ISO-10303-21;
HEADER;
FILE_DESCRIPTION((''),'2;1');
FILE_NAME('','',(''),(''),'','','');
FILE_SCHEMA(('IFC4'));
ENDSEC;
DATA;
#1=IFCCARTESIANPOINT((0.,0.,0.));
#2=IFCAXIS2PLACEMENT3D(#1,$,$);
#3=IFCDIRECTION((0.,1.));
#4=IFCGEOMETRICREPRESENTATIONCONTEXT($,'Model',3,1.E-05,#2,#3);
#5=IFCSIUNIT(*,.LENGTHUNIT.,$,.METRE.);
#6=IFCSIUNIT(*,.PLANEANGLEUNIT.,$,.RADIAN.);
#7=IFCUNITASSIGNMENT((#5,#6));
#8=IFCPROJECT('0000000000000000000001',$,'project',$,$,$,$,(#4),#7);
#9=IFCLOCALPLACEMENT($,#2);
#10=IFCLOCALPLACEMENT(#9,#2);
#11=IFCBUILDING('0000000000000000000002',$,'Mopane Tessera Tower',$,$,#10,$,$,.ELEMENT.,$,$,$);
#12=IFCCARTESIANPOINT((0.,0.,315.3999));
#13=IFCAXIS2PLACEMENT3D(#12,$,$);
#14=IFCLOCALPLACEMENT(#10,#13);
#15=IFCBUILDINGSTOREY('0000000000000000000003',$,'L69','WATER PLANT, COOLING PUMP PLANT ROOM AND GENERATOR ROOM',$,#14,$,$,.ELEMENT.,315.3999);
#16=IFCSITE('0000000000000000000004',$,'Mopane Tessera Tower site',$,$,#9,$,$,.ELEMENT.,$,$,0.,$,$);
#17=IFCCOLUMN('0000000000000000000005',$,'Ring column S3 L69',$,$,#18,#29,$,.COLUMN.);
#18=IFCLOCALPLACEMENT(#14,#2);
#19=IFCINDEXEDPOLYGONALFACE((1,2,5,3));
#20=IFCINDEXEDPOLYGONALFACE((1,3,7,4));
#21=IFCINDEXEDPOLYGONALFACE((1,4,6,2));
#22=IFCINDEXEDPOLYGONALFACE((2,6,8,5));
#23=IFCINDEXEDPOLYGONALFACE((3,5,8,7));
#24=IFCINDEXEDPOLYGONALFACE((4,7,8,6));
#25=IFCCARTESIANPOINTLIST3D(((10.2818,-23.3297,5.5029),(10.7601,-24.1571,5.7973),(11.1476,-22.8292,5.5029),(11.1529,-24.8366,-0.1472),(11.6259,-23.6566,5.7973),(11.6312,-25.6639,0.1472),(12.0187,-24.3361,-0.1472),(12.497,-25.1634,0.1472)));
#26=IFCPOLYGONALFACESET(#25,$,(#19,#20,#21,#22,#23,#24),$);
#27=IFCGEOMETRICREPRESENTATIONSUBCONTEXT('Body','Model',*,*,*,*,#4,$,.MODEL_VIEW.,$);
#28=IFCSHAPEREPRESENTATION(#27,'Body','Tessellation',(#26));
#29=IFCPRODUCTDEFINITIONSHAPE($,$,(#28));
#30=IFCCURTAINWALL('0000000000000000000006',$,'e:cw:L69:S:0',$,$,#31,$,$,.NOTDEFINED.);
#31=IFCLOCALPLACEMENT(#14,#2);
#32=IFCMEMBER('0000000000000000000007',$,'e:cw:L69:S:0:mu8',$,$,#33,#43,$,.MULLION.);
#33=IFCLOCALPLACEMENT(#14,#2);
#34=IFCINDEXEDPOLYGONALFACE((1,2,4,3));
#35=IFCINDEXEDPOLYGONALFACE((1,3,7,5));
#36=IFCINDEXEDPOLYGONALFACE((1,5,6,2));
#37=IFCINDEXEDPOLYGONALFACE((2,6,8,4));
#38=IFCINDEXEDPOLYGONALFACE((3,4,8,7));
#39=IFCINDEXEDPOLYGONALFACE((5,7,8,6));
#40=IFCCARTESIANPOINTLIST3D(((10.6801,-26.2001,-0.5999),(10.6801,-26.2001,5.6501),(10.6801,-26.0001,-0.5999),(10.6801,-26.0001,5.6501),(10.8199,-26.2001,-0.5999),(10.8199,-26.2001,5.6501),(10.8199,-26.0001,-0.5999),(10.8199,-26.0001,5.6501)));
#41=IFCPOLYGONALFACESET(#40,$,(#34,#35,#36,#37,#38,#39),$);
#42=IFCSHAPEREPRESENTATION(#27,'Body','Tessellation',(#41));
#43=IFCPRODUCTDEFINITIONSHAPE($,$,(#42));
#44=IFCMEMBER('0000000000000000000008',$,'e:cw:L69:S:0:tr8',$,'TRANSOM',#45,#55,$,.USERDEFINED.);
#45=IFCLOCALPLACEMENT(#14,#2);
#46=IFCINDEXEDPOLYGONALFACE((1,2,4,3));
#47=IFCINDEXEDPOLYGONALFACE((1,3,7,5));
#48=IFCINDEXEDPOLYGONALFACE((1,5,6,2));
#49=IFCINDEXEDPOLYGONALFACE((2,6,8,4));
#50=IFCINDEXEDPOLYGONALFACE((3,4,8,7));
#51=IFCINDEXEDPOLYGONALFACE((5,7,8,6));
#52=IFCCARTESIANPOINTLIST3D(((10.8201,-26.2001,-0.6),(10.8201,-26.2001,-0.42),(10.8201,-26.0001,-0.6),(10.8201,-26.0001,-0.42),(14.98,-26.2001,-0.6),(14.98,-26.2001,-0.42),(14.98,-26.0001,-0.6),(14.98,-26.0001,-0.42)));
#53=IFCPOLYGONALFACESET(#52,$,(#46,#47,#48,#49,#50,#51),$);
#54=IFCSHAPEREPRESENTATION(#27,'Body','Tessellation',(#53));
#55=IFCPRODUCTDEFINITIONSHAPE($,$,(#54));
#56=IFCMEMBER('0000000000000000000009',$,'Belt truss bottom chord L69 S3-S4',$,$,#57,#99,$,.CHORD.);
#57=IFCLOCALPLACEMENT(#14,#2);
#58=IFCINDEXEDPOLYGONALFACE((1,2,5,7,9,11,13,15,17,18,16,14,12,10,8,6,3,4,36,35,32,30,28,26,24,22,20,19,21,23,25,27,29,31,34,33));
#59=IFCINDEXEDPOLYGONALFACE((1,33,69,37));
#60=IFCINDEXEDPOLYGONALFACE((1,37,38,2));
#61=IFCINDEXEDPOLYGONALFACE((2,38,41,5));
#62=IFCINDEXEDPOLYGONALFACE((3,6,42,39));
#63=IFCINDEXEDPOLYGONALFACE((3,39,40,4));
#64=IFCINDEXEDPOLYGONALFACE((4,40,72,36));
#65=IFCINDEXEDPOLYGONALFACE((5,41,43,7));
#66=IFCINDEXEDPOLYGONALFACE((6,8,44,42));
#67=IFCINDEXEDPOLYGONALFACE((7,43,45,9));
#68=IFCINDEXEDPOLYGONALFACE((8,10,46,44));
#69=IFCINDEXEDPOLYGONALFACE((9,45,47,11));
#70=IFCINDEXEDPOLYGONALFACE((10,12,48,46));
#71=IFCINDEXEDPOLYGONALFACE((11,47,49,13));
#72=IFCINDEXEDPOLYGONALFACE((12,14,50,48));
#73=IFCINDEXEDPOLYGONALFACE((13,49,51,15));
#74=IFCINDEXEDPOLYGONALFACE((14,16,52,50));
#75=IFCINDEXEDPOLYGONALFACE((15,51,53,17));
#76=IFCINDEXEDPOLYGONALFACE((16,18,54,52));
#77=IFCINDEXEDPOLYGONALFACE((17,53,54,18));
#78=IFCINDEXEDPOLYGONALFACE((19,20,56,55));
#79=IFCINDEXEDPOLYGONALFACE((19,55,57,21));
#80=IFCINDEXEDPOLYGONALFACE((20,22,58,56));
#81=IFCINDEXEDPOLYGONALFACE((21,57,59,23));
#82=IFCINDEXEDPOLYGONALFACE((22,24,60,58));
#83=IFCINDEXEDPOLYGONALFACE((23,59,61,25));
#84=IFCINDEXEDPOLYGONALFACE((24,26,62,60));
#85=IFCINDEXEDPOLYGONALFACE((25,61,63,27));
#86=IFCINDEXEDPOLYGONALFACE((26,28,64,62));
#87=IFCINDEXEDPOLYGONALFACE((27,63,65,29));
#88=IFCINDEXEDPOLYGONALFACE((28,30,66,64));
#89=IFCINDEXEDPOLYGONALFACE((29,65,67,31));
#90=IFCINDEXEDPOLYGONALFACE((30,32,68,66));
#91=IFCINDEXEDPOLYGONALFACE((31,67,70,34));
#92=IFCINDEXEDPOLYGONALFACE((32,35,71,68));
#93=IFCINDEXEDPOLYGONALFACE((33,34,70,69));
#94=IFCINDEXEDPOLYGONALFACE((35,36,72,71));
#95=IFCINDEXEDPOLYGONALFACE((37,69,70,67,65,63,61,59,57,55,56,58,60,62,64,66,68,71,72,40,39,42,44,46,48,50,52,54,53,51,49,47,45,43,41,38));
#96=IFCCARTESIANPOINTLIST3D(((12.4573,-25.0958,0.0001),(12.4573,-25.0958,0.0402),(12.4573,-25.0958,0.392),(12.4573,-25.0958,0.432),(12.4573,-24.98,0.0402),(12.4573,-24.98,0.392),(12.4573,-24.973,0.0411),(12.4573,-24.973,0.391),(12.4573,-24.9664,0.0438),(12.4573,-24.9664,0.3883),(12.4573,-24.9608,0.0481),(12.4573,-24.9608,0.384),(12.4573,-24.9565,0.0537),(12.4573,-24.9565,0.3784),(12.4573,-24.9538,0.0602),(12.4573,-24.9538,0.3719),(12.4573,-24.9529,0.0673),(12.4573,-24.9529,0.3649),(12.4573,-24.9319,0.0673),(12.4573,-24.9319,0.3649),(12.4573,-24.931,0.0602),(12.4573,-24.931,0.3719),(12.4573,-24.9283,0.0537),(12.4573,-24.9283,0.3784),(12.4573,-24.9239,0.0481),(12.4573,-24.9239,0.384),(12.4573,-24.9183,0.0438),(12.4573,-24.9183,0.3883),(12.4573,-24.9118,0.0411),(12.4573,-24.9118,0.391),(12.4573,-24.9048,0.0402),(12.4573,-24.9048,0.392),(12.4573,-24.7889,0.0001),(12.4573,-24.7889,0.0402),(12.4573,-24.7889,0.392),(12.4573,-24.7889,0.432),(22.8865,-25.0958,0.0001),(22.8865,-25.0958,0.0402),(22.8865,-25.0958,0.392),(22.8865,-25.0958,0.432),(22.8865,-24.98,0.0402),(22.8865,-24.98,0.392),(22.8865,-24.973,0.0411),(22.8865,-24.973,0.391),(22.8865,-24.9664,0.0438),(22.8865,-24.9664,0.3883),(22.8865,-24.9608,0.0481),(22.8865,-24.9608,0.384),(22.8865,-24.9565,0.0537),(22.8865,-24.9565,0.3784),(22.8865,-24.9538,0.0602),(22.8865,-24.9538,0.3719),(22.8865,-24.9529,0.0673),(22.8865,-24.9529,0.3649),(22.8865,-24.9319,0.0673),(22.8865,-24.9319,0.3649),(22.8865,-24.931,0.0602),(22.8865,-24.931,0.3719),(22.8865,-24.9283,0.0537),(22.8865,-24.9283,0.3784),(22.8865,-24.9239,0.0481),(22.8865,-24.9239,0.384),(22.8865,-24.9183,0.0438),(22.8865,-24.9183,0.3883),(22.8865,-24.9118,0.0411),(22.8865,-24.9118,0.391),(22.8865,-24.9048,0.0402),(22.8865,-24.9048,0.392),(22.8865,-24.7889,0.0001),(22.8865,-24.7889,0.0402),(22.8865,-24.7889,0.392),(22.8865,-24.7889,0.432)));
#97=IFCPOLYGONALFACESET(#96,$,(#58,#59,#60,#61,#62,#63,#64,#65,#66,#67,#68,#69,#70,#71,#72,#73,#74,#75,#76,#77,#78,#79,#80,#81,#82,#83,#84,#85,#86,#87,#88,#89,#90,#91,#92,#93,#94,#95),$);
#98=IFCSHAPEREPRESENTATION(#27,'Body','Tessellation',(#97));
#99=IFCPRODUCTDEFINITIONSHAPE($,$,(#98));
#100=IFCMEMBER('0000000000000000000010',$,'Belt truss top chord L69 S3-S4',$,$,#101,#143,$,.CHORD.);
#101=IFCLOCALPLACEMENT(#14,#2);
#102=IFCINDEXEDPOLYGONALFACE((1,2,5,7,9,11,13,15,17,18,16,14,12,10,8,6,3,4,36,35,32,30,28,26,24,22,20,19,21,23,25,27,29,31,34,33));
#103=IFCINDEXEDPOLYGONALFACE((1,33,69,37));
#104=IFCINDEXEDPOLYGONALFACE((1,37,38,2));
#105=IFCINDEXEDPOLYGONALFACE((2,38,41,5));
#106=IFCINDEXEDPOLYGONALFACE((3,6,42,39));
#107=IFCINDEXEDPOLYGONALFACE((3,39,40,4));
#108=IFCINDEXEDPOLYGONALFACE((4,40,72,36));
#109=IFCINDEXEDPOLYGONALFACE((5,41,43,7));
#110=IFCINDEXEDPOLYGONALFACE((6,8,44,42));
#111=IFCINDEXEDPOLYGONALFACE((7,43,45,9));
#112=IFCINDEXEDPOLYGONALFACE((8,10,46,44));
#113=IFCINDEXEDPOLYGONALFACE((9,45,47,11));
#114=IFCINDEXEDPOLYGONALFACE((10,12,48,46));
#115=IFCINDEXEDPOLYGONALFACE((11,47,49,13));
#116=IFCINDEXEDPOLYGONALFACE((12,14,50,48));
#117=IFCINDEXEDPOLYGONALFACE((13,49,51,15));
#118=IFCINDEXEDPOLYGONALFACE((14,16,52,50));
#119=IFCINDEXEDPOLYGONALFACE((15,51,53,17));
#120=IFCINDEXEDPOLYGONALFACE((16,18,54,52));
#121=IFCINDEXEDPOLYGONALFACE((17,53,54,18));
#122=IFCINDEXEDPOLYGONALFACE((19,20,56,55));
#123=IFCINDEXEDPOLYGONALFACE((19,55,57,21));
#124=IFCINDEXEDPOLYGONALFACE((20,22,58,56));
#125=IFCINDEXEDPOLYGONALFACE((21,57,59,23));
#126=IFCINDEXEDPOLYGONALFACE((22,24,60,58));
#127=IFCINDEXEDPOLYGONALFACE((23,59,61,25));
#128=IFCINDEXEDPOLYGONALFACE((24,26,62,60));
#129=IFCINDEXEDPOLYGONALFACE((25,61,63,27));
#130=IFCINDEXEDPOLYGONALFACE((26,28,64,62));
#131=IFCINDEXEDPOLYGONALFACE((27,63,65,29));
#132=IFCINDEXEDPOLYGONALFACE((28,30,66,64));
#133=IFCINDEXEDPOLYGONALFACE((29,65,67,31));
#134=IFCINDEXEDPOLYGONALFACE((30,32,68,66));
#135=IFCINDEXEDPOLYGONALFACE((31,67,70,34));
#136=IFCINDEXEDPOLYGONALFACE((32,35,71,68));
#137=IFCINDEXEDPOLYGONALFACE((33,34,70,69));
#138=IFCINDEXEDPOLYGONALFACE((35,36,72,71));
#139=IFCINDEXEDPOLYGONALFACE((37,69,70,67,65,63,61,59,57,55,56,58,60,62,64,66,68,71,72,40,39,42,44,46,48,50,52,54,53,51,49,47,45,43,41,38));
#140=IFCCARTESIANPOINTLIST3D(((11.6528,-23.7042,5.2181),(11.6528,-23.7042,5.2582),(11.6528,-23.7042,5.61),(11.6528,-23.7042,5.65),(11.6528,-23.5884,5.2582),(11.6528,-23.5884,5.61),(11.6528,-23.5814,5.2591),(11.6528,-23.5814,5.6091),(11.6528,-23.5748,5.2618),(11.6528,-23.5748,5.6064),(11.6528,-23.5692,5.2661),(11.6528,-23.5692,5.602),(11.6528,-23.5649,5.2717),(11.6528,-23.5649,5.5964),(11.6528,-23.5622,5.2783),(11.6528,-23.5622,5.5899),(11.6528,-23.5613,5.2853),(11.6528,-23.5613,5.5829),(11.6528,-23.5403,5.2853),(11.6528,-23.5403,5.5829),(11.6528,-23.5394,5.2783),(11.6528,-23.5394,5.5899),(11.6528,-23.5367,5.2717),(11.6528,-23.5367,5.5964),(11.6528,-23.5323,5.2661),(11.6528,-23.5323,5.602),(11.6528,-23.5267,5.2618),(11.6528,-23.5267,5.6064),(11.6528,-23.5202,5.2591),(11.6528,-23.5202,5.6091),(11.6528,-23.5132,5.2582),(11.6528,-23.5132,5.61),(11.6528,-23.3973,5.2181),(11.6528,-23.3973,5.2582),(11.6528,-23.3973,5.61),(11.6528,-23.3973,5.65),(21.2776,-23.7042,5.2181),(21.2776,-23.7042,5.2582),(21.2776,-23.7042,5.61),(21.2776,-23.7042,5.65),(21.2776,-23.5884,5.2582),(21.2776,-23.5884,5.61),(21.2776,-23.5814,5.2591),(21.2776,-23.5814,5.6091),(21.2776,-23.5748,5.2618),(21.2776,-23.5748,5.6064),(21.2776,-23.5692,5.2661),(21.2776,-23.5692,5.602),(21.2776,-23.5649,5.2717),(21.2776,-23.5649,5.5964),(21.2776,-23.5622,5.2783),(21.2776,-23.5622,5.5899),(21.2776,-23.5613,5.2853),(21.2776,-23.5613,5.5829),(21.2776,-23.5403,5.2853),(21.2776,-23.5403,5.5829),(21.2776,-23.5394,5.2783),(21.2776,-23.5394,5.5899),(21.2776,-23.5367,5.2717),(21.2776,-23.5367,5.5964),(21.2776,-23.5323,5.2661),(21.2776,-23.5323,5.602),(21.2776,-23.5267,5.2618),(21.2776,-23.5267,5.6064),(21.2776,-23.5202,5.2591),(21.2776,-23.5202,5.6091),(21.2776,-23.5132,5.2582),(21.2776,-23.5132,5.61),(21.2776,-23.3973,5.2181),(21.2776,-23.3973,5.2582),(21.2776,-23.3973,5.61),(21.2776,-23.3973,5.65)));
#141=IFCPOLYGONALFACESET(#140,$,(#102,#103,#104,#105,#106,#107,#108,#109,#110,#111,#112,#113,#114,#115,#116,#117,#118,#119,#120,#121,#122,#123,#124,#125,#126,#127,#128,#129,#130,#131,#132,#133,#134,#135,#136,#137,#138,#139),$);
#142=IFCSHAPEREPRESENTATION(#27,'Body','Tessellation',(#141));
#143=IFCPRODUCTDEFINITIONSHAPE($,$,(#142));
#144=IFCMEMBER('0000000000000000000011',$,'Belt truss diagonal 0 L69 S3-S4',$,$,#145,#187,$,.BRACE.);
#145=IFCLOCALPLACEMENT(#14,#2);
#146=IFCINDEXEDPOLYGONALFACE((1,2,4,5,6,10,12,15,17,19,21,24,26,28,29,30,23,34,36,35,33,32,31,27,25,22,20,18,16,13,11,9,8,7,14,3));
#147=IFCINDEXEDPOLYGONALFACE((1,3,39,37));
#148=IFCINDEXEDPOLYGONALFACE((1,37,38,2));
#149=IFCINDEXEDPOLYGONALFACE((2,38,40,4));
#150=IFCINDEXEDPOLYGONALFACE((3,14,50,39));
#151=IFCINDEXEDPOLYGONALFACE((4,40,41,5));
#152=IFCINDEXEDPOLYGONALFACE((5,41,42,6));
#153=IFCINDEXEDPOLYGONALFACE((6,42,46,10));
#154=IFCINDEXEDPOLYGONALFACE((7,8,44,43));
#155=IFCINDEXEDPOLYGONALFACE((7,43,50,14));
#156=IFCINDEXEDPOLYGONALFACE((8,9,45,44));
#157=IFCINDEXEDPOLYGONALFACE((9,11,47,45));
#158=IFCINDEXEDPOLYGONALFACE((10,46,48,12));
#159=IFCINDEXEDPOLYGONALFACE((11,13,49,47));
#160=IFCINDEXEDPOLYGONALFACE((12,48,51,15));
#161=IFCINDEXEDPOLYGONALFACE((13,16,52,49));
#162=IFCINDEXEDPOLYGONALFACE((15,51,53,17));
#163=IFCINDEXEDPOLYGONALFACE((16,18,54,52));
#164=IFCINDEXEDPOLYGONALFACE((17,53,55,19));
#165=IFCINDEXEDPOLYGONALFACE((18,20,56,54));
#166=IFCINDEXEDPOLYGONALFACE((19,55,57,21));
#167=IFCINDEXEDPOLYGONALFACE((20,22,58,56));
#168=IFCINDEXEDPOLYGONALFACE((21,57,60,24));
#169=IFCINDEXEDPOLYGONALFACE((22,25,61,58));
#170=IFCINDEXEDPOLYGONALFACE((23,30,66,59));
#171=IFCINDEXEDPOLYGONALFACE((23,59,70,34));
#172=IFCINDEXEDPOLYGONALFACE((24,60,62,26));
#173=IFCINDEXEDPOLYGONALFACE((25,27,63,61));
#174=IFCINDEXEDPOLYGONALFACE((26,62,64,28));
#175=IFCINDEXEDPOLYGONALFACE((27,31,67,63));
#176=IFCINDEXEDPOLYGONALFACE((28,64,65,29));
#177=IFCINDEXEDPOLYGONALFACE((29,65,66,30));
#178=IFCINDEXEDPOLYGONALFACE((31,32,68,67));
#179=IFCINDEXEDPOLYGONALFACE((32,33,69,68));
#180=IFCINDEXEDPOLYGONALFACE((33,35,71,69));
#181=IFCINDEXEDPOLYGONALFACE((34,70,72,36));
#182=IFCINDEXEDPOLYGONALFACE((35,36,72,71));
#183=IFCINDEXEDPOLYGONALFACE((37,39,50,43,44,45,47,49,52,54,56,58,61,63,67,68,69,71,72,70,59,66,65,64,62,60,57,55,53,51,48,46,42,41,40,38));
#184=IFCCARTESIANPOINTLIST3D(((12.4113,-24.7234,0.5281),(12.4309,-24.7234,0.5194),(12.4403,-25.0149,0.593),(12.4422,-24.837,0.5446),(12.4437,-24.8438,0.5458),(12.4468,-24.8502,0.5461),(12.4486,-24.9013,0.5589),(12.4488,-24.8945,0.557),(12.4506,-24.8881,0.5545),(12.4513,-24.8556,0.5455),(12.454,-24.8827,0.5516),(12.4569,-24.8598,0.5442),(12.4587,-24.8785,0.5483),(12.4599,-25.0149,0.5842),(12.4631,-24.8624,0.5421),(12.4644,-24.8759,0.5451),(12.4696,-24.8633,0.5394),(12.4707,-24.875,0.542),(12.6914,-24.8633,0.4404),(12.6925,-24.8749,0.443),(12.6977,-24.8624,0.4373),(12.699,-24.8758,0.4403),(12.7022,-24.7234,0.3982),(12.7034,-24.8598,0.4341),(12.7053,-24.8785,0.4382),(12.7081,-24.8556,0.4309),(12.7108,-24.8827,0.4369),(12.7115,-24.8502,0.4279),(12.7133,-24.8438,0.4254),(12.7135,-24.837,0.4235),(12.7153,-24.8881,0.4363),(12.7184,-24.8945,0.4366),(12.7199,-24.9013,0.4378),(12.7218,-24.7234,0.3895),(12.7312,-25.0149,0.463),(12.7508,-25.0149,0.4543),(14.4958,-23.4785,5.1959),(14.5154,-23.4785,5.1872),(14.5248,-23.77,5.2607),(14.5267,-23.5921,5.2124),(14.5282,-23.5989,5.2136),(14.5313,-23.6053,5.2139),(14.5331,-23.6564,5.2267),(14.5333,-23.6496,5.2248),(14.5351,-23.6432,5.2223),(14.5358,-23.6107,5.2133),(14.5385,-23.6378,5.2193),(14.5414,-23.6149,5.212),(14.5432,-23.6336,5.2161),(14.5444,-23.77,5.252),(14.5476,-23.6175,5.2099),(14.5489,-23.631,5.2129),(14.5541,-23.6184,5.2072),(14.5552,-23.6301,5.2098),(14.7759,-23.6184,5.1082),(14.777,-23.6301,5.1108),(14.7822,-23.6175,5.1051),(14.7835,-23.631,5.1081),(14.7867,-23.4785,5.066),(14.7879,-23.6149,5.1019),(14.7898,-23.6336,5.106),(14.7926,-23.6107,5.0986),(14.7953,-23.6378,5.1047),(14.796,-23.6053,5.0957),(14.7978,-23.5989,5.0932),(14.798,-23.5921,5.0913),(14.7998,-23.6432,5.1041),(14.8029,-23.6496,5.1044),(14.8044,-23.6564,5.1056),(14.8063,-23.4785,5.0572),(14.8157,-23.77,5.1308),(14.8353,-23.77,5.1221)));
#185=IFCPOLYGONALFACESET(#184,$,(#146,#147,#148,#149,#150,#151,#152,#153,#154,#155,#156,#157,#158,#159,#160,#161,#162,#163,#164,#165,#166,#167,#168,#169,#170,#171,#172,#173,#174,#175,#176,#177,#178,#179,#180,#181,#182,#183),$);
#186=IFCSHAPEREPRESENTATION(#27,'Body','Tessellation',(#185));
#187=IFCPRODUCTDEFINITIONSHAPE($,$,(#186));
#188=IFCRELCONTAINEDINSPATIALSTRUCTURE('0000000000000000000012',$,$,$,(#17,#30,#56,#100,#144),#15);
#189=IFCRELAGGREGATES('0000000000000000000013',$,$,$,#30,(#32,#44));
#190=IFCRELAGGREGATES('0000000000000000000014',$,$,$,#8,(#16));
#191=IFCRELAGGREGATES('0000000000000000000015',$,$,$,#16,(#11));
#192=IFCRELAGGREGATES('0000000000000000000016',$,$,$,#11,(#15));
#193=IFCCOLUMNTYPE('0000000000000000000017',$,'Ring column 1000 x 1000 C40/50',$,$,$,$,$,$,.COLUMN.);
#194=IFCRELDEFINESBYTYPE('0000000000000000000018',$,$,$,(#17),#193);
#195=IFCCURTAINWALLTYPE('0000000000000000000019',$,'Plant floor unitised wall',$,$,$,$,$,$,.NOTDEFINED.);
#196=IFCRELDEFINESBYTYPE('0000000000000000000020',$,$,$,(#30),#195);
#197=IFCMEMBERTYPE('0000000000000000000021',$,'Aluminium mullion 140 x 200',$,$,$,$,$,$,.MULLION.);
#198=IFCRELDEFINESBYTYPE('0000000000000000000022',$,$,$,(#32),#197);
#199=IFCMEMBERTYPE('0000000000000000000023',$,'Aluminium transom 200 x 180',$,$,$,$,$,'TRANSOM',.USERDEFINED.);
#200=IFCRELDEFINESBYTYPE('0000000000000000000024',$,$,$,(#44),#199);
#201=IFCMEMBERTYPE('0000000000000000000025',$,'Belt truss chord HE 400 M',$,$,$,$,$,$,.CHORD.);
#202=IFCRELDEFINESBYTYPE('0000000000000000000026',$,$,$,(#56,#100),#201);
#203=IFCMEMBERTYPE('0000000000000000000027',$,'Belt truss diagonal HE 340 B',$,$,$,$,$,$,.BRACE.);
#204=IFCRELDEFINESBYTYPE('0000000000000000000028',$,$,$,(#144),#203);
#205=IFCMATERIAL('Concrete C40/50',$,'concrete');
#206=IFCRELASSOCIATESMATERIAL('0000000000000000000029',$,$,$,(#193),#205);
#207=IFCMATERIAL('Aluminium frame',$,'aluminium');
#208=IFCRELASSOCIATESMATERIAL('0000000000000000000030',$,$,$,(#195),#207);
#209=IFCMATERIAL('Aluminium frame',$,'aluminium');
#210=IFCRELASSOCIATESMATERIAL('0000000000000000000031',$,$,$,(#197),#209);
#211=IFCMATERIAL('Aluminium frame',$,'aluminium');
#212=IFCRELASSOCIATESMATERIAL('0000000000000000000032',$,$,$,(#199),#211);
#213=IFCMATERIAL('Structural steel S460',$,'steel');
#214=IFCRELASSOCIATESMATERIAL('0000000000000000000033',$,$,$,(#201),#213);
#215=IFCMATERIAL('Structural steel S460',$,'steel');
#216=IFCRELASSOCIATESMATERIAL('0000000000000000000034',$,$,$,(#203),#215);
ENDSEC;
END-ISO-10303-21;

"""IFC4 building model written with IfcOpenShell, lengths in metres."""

from ifc_helpers import new_model, si_unit, direction, frame, origin, origin_2d, place, context, subcontext, project, spatial, rectangle, i_section, extrude, material, material_profile, profile_set, type_object, element, aggregate, save


model = new_model("IFC4")

# Units and contexts
model_context = context("Model", 3, precision=1e-05, world=origin(), true_north=direction((0.0, 1.0)))
body_context = subcontext(model_context, "Body", "Model", "MODEL_VIEW")
ifc_project = project(units=[si_unit("LENGTHUNIT", "METRE"), si_unit("PLANEANGLEUNIT", "RADIAN")], contexts=[model_context])

# Site, building, storey
site_placement = place(None, origin())
site = spatial("IfcSite", under=ifc_project, at=site_placement, Name="Mopane Tessera Tower site", CompositionType="ELEMENT", RefElevation=0.0)
building_placement = place(site_placement, origin())
building = spatial("IfcBuilding", under=site, at=building_placement, Name="Mopane Tessera Tower", CompositionType="ELEMENT")
storey_placement = place(building_placement, frame((0.0, 0.0, 315.3999)))
storey = spatial("IfcBuildingStorey", under=building, at=storey_placement, Name="L69", Description="WATER PLANT, COOLING PUMP PLANT ROOM AND GENERATOR ROOM", CompositionType="ELEMENT", Elevation=315.3999)

# Column
ifc_material_1 = material(Name="Concrete C40/50", Category="concrete")
ifc_material_profile_1 = material_profile(ifc_material_1, rectangle(XDim=1.0, YDim=1.0, at=origin_2d()))
ifc_profile_set_1 = profile_set([ifc_material_profile_1], Name="Concrete C40/50")
column_type = type_object("IfcColumnType", Name="Ring column 1000 x 1000 C40/50", PredefinedType="COLUMN", material=ifc_profile_set_1)
column_placement = place(storey_placement, frame((11.825, -25.0, 0.0), z_axis=(-0.14734, 0.254871, 0.955684), x_axis=(-0.865746, -0.500483, 0.0)))
element("IfcColumn", 1, at=column_placement, inside=storey, type_object=column_type, Name="Ring column S3 L69", PredefinedType="COLUMN", context=body_context, shape_type="SweptSolid", body=[
    extrude(rectangle(XDim=1.0, YDim=1.0, at=origin_2d()), origin(), (0.0, 0.0, 1.0), 5.9121),
])

# Curtain wall, members
ifc_material_2 = material(Name="Aluminium frame", Category="aluminium")
curtain_wall_type = type_object("IfcCurtainWallType", Name="Plant floor unitised wall", PredefinedType="NOTDEFINED", material=ifc_material_2)
curtain_wall_placement = place(storey_placement, origin())
curtain_wall = element("IfcCurtainWall", 2, at=curtain_wall_placement, inside=storey, type_object=curtain_wall_type, Name="e:cw:L69:S:0", PredefinedType="NOTDEFINED")
ifc_material_3 = material(Name="Aluminium frame", Category="aluminium")
ifc_material_profile_2 = material_profile(ifc_material_3, rectangle(XDim=0.1399, YDim=0.2, at=origin_2d()))
ifc_profile_set_2 = profile_set([ifc_material_profile_2], Name="Aluminium frame")
member_type_1 = type_object("IfcMemberType", Name="Aluminium mullion 140 x 200", PredefinedType="MULLION", material=ifc_profile_set_2)
member_1_placement = place(storey_placement, frame((10.75, -26.1001, -0.5999), z_axis=(0.0, 0.0, 1.0), x_axis=(1.0, 0.0, 0.0)))
member_1 = element("IfcMember", 3, at=member_1_placement, type_object=member_type_1, Name="e:cw:L69:S:0:mu8", PredefinedType="MULLION", context=body_context, shape_type="SweptSolid", body=[
    extrude(rectangle(XDim=0.1399, YDim=0.2, at=origin_2d()), origin(), (0.0, 0.0, 1.0), 6.25),
])
ifc_material_4 = material(Name="Aluminium frame", Category="aluminium")
ifc_material_profile_3 = material_profile(ifc_material_4, rectangle(XDim=0.2, YDim=0.1799, at=origin_2d()))
ifc_profile_set_3 = profile_set([ifc_material_profile_3], Name="Aluminium frame")
member_type_2 = type_object("IfcMemberType", Name="Aluminium transom 200 x 180", ElementType="TRANSOM", PredefinedType="USERDEFINED", material=ifc_profile_set_3)
member_2_placement = place(storey_placement, frame((10.8201, -26.1001, -0.51), z_axis=(1.0, 0.0, 0.0), x_axis=(0.0, 1.0, 0.0)))
member_2 = element("IfcMember", 4, at=member_2_placement, type_object=member_type_2, Name="e:cw:L69:S:0:tr8", ObjectType="TRANSOM", PredefinedType="USERDEFINED", context=body_context, shape_type="SweptSolid", body=[
    extrude(rectangle(XDim=0.2, YDim=0.1799, at=origin_2d()), origin(), (0.0, 0.0, 1.0), 4.1599),
])

# Members
ifc_material_5 = material(Name="Structural steel S460", Category="steel")
ifc_material_profile_4 = material_profile(ifc_material_5, i_section(OverallWidth=0.3069, OverallDepth=0.4319, WebThickness=0.021, FlangeThickness=0.04, FilletRadius=0.0271, at=origin_2d()))
ifc_profile_set_4 = profile_set([ifc_material_profile_4], Name="Structural steel S460")
member_type_3 = type_object("IfcMemberType", Name="Belt truss chord HE 400 M", PredefinedType="CHORD", material=ifc_profile_set_4)
member_3_placement = place(storey_placement, frame((12.4573, -24.9424, 0.2161), z_axis=(1.0, 0.0, 0.0), x_axis=(0.0, 1.0, 0.0)))
element("IfcMember", 5, at=member_3_placement, inside=storey, type_object=member_type_3, Name="Belt truss bottom chord L69 S3-S4", PredefinedType="CHORD", context=body_context, shape_type="SweptSolid", body=[
    extrude(i_section(OverallWidth=0.3069, OverallDepth=0.4319, WebThickness=0.021, FlangeThickness=0.04, FilletRadius=0.0271, at=origin_2d()), origin(), (0.0, 0.0, 1.0), 10.4292),
])
member_4_placement = place(storey_placement, frame((11.6528, -23.5508, 5.4341), z_axis=(1.0, 0.0, 0.0), x_axis=(0.0, 1.0, 0.0)))
element("IfcMember", 6, at=member_4_placement, inside=storey, type_object=member_type_3, Name="Belt truss top chord L69 S3-S4", PredefinedType="CHORD", context=body_context, shape_type="SweptSolid", body=[
    extrude(i_section(OverallWidth=0.3069, OverallDepth=0.4319, WebThickness=0.021, FlangeThickness=0.04, FilletRadius=0.0271, at=origin_2d()), origin(), (0.0, 0.0, 1.0), 9.6248),
])
ifc_material_6 = material(Name="Structural steel S460", Category="steel")
ifc_material_profile_5 = material_profile(ifc_material_6, i_section(OverallWidth=0.3, OverallDepth=0.3401, WebThickness=0.012, FlangeThickness=0.0215, FilletRadius=0.0271, at=origin_2d()))
ifc_profile_set_5 = profile_set([ifc_material_profile_5], Name="Structural steel S460")
member_type_4 = type_object("IfcMemberType", Name="Belt truss diagonal HE 340 B", PredefinedType="BRACE", material=ifc_profile_set_5)
member_5_placement = place(storey_placement, frame((12.5811, -24.8691, 0.4912), z_axis=(0.396182, 0.236605, 0.887163), x_axis=(-0.096501, 0.971606, -0.216031)))
element("IfcMember", 7, at=member_5_placement, inside=storey, type_object=member_type_4, Name="Belt truss diagonal 0 L69 S3-S4", PredefinedType="BRACE", context=body_context, shape_type="SweptSolid", body=[
    extrude(i_section(OverallWidth=0.3, OverallDepth=0.3401, WebThickness=0.012, FlangeThickness=0.0215, FilletRadius=0.0271, at=origin_2d()), origin(), (0.0, 0.0, 1.0), 5.2615),
])

aggregate(curtain_wall, [member_1, member_2])

save(model, "model.ifc")
